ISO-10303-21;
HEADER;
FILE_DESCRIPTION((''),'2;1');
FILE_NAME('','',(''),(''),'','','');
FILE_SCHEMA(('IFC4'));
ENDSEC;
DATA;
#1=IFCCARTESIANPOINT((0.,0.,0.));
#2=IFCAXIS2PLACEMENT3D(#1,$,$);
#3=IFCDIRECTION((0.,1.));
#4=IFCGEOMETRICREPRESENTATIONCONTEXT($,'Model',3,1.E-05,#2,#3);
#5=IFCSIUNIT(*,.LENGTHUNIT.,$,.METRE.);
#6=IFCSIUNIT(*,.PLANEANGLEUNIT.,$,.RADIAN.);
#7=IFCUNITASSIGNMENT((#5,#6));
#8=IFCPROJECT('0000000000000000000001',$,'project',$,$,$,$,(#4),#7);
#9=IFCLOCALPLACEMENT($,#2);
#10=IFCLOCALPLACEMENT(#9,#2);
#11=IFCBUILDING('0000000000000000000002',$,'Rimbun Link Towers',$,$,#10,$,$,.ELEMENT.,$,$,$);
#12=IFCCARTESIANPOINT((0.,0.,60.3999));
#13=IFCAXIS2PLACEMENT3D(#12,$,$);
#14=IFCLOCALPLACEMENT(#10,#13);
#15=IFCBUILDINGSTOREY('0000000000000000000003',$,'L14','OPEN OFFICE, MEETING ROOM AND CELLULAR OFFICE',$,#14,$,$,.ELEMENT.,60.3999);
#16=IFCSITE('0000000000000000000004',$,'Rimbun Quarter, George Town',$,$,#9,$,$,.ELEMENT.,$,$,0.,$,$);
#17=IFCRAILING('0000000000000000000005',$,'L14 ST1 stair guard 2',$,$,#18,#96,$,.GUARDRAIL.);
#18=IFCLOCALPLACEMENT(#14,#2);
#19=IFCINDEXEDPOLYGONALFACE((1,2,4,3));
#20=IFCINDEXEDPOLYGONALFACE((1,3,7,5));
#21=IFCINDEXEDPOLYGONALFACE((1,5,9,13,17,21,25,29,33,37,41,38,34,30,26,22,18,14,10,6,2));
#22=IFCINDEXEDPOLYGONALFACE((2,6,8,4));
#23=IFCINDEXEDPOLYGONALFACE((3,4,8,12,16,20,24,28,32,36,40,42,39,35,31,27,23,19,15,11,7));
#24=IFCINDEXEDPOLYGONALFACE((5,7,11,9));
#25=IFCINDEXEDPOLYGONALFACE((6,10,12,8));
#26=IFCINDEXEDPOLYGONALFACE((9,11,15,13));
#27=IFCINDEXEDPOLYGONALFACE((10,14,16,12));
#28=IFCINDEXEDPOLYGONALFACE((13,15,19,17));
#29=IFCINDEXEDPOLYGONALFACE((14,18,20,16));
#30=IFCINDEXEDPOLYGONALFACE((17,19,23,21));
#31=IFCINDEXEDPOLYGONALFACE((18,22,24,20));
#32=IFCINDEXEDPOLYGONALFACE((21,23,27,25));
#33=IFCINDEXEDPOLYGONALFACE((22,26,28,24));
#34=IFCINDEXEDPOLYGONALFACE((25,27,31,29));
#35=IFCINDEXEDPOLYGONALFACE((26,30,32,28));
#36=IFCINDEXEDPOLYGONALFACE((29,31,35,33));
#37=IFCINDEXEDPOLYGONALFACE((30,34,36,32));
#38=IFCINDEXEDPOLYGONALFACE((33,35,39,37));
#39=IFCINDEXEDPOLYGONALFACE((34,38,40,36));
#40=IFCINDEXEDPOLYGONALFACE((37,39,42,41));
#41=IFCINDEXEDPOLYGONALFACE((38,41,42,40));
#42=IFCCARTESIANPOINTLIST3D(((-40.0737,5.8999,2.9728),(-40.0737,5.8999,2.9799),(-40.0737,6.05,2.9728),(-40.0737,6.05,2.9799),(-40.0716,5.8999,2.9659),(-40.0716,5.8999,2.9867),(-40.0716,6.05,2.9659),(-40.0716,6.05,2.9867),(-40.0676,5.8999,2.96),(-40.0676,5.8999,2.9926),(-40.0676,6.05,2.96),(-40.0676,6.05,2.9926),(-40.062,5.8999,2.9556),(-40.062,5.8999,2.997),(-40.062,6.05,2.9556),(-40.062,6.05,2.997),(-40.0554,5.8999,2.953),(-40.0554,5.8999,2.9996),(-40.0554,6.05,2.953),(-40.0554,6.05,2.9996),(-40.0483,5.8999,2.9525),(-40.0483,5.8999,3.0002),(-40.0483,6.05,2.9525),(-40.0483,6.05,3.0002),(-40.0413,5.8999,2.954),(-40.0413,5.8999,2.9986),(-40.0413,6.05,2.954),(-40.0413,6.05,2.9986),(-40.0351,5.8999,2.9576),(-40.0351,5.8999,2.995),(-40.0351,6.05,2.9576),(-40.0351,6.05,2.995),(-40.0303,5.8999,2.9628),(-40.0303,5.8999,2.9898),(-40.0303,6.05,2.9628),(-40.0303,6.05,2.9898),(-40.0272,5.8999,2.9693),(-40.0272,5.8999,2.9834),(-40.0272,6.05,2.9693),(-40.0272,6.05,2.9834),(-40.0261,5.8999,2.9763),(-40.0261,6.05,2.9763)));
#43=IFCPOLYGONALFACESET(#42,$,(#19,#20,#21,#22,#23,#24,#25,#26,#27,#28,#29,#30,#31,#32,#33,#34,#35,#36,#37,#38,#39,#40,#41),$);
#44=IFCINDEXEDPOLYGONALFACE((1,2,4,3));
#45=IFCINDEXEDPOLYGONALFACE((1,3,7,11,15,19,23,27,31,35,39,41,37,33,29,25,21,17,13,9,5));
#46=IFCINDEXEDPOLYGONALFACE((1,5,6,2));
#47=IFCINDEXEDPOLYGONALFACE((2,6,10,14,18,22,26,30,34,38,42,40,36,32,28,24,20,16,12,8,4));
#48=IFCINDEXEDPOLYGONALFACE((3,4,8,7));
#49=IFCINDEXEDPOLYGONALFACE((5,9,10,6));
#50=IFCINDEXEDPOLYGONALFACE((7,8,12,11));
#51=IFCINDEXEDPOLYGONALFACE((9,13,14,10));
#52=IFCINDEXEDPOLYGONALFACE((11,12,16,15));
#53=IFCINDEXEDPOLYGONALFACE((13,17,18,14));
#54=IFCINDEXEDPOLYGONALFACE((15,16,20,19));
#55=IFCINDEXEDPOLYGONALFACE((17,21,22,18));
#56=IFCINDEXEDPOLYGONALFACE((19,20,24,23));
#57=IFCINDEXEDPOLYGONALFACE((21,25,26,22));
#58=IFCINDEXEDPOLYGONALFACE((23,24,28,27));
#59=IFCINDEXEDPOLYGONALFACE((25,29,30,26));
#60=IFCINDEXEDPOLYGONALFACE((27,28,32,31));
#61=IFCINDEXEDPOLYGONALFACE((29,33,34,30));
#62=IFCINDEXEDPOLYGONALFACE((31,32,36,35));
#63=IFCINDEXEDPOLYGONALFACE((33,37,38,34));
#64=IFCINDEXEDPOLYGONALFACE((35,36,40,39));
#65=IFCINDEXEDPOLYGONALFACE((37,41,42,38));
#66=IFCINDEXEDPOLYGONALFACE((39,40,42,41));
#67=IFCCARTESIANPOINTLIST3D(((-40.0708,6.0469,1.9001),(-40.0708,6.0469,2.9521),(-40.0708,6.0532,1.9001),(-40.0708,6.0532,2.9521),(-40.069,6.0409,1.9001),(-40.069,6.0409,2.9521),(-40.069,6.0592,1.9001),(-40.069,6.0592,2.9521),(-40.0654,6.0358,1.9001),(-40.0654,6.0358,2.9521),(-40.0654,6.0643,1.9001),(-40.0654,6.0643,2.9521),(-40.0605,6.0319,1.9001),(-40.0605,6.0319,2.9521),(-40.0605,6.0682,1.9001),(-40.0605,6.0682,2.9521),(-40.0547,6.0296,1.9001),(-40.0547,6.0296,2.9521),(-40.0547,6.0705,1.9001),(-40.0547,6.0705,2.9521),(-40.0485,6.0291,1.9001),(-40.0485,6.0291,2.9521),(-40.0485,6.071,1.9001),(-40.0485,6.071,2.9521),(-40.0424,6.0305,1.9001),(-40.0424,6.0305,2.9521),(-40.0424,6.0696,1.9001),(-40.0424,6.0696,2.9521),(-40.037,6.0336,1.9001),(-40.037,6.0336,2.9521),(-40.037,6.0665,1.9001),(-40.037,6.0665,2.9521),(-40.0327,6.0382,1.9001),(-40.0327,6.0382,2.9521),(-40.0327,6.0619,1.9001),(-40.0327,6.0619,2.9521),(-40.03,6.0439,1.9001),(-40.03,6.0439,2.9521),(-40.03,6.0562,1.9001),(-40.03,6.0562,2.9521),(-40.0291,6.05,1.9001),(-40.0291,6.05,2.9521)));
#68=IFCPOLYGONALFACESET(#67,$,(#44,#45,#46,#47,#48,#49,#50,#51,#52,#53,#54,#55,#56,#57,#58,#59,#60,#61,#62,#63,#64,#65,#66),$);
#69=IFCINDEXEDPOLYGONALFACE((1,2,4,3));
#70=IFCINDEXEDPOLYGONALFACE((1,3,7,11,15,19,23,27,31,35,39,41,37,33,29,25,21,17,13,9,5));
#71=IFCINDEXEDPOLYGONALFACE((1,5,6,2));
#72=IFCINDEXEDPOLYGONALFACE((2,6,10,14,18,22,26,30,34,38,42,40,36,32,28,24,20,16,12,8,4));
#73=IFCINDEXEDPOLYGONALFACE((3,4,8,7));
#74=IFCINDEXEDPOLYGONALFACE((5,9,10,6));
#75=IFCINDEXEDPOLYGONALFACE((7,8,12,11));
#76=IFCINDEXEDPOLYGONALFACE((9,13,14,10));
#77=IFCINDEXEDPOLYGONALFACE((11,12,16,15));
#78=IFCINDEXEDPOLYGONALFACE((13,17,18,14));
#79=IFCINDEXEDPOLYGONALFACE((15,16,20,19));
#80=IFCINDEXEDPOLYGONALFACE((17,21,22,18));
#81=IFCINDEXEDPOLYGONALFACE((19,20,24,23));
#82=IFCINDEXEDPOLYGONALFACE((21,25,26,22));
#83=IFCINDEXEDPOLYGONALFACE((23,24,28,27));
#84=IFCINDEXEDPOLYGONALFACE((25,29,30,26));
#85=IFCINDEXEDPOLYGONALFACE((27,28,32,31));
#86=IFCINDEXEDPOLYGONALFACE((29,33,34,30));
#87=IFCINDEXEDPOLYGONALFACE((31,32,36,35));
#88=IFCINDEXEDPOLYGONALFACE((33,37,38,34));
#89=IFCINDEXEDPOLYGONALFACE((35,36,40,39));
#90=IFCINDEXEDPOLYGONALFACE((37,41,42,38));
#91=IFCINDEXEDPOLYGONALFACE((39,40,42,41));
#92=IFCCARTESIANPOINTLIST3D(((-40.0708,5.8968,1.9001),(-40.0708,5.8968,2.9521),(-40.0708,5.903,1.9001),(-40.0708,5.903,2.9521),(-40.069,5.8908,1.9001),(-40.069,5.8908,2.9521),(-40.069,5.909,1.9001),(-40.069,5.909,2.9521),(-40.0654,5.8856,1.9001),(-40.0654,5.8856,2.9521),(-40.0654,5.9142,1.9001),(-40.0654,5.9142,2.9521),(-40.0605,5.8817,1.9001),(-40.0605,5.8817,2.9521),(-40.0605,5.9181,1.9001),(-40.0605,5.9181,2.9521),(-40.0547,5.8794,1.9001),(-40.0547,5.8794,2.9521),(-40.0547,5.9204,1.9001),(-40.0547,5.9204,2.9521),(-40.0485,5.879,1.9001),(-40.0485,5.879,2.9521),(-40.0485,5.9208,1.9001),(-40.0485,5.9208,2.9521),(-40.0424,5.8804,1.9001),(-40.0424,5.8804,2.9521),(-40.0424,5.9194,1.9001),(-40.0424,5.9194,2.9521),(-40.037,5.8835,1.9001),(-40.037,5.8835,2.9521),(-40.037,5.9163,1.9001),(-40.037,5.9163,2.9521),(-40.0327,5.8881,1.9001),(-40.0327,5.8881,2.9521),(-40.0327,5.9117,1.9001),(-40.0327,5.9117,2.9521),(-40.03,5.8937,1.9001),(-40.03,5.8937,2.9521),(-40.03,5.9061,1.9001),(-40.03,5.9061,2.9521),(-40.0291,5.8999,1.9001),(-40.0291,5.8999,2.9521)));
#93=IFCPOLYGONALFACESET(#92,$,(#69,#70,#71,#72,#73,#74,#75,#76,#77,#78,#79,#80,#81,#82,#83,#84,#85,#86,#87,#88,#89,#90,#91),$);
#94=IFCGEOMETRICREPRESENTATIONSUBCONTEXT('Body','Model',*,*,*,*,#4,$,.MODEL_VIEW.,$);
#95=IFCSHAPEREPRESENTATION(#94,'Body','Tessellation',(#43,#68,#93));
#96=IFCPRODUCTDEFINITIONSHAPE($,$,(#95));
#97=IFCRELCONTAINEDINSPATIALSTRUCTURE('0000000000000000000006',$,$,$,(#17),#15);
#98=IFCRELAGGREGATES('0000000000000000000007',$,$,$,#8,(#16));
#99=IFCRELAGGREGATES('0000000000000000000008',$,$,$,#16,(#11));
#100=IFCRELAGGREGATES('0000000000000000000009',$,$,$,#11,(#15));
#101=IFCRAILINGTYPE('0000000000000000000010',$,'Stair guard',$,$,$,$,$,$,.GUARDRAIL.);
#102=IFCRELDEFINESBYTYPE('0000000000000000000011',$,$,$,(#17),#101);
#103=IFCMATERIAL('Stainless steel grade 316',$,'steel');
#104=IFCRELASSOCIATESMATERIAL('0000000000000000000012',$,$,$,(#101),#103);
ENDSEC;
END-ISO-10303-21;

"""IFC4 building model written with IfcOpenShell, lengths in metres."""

from ifc_helpers import new_model, si_unit, direction, frame, origin, origin_2d, place, context, subcontext, project, spatial, circle, extrude, material, type_object, element, save


model = new_model("IFC4")

# Units and contexts
model_context = context("Model", 3, precision=1e-05, world=origin(), true_north=direction((0.0, 1.0)))
body_context = subcontext(model_context, "Body", "Model", "MODEL_VIEW")
ifc_project = project(units=[si_unit("LENGTHUNIT", "METRE"), si_unit("PLANEANGLEUNIT", "RADIAN")], contexts=[model_context])

# Site, building, storey
site_placement = place(None, origin())
site = spatial("IfcSite", under=ifc_project, at=site_placement, Name="Rimbun Quarter, George Town", CompositionType="ELEMENT", RefElevation=0.0)
building_placement = place(site_placement, origin())
building = spatial("IfcBuilding", under=site, at=building_placement, Name="Rimbun Link Towers", CompositionType="ELEMENT")
storey_placement = place(building_placement, frame((0.0, 0.0, 60.3999)))
storey = spatial("IfcBuildingStorey", under=building, at=storey_placement, Name="L14", Description="OPEN OFFICE, MEETING ROOM AND CELLULAR OFFICE", CompositionType="ELEMENT", Elevation=60.3999)

# Railing
ifc_material_1 = material(Name="Stainless steel grade 316", Category="steel")
railing_type_1 = type_object("IfcRailingType", Name="Stair guard", PredefinedType="GUARDRAIL", material=ifc_material_1)
railing_1_placement = place(storey_placement, frame((-40.05, 6.05, 1.9001)))
element("IfcRailing", 1, at=railing_1_placement, inside=storey, type_object=railing_type_1, Name="L14 ST1 stair guard 2", PredefinedType="GUARDRAIL", context=body_context, shape_type="SweptSolid", body=[
    extrude(circle(Radius=0.0239, at=origin_2d()), frame((0.0, 0.0, 1.0762), z_axis=(0.0, -1.0, 0.0), x_axis=(1.0, 0.0, 0.0)), (0.0, 0.0, 1.0), 0.1501),
    extrude(circle(Radius=0.021, at=origin_2d()), origin(), (0.0, 0.0, 1.0), 1.052),
    extrude(circle(Radius=0.021, at=origin_2d()), frame((0.0, -0.1501, 0.0)), (0.0, 0.0, 1.0), 1.052),
])

save(model, "model.ifc")
